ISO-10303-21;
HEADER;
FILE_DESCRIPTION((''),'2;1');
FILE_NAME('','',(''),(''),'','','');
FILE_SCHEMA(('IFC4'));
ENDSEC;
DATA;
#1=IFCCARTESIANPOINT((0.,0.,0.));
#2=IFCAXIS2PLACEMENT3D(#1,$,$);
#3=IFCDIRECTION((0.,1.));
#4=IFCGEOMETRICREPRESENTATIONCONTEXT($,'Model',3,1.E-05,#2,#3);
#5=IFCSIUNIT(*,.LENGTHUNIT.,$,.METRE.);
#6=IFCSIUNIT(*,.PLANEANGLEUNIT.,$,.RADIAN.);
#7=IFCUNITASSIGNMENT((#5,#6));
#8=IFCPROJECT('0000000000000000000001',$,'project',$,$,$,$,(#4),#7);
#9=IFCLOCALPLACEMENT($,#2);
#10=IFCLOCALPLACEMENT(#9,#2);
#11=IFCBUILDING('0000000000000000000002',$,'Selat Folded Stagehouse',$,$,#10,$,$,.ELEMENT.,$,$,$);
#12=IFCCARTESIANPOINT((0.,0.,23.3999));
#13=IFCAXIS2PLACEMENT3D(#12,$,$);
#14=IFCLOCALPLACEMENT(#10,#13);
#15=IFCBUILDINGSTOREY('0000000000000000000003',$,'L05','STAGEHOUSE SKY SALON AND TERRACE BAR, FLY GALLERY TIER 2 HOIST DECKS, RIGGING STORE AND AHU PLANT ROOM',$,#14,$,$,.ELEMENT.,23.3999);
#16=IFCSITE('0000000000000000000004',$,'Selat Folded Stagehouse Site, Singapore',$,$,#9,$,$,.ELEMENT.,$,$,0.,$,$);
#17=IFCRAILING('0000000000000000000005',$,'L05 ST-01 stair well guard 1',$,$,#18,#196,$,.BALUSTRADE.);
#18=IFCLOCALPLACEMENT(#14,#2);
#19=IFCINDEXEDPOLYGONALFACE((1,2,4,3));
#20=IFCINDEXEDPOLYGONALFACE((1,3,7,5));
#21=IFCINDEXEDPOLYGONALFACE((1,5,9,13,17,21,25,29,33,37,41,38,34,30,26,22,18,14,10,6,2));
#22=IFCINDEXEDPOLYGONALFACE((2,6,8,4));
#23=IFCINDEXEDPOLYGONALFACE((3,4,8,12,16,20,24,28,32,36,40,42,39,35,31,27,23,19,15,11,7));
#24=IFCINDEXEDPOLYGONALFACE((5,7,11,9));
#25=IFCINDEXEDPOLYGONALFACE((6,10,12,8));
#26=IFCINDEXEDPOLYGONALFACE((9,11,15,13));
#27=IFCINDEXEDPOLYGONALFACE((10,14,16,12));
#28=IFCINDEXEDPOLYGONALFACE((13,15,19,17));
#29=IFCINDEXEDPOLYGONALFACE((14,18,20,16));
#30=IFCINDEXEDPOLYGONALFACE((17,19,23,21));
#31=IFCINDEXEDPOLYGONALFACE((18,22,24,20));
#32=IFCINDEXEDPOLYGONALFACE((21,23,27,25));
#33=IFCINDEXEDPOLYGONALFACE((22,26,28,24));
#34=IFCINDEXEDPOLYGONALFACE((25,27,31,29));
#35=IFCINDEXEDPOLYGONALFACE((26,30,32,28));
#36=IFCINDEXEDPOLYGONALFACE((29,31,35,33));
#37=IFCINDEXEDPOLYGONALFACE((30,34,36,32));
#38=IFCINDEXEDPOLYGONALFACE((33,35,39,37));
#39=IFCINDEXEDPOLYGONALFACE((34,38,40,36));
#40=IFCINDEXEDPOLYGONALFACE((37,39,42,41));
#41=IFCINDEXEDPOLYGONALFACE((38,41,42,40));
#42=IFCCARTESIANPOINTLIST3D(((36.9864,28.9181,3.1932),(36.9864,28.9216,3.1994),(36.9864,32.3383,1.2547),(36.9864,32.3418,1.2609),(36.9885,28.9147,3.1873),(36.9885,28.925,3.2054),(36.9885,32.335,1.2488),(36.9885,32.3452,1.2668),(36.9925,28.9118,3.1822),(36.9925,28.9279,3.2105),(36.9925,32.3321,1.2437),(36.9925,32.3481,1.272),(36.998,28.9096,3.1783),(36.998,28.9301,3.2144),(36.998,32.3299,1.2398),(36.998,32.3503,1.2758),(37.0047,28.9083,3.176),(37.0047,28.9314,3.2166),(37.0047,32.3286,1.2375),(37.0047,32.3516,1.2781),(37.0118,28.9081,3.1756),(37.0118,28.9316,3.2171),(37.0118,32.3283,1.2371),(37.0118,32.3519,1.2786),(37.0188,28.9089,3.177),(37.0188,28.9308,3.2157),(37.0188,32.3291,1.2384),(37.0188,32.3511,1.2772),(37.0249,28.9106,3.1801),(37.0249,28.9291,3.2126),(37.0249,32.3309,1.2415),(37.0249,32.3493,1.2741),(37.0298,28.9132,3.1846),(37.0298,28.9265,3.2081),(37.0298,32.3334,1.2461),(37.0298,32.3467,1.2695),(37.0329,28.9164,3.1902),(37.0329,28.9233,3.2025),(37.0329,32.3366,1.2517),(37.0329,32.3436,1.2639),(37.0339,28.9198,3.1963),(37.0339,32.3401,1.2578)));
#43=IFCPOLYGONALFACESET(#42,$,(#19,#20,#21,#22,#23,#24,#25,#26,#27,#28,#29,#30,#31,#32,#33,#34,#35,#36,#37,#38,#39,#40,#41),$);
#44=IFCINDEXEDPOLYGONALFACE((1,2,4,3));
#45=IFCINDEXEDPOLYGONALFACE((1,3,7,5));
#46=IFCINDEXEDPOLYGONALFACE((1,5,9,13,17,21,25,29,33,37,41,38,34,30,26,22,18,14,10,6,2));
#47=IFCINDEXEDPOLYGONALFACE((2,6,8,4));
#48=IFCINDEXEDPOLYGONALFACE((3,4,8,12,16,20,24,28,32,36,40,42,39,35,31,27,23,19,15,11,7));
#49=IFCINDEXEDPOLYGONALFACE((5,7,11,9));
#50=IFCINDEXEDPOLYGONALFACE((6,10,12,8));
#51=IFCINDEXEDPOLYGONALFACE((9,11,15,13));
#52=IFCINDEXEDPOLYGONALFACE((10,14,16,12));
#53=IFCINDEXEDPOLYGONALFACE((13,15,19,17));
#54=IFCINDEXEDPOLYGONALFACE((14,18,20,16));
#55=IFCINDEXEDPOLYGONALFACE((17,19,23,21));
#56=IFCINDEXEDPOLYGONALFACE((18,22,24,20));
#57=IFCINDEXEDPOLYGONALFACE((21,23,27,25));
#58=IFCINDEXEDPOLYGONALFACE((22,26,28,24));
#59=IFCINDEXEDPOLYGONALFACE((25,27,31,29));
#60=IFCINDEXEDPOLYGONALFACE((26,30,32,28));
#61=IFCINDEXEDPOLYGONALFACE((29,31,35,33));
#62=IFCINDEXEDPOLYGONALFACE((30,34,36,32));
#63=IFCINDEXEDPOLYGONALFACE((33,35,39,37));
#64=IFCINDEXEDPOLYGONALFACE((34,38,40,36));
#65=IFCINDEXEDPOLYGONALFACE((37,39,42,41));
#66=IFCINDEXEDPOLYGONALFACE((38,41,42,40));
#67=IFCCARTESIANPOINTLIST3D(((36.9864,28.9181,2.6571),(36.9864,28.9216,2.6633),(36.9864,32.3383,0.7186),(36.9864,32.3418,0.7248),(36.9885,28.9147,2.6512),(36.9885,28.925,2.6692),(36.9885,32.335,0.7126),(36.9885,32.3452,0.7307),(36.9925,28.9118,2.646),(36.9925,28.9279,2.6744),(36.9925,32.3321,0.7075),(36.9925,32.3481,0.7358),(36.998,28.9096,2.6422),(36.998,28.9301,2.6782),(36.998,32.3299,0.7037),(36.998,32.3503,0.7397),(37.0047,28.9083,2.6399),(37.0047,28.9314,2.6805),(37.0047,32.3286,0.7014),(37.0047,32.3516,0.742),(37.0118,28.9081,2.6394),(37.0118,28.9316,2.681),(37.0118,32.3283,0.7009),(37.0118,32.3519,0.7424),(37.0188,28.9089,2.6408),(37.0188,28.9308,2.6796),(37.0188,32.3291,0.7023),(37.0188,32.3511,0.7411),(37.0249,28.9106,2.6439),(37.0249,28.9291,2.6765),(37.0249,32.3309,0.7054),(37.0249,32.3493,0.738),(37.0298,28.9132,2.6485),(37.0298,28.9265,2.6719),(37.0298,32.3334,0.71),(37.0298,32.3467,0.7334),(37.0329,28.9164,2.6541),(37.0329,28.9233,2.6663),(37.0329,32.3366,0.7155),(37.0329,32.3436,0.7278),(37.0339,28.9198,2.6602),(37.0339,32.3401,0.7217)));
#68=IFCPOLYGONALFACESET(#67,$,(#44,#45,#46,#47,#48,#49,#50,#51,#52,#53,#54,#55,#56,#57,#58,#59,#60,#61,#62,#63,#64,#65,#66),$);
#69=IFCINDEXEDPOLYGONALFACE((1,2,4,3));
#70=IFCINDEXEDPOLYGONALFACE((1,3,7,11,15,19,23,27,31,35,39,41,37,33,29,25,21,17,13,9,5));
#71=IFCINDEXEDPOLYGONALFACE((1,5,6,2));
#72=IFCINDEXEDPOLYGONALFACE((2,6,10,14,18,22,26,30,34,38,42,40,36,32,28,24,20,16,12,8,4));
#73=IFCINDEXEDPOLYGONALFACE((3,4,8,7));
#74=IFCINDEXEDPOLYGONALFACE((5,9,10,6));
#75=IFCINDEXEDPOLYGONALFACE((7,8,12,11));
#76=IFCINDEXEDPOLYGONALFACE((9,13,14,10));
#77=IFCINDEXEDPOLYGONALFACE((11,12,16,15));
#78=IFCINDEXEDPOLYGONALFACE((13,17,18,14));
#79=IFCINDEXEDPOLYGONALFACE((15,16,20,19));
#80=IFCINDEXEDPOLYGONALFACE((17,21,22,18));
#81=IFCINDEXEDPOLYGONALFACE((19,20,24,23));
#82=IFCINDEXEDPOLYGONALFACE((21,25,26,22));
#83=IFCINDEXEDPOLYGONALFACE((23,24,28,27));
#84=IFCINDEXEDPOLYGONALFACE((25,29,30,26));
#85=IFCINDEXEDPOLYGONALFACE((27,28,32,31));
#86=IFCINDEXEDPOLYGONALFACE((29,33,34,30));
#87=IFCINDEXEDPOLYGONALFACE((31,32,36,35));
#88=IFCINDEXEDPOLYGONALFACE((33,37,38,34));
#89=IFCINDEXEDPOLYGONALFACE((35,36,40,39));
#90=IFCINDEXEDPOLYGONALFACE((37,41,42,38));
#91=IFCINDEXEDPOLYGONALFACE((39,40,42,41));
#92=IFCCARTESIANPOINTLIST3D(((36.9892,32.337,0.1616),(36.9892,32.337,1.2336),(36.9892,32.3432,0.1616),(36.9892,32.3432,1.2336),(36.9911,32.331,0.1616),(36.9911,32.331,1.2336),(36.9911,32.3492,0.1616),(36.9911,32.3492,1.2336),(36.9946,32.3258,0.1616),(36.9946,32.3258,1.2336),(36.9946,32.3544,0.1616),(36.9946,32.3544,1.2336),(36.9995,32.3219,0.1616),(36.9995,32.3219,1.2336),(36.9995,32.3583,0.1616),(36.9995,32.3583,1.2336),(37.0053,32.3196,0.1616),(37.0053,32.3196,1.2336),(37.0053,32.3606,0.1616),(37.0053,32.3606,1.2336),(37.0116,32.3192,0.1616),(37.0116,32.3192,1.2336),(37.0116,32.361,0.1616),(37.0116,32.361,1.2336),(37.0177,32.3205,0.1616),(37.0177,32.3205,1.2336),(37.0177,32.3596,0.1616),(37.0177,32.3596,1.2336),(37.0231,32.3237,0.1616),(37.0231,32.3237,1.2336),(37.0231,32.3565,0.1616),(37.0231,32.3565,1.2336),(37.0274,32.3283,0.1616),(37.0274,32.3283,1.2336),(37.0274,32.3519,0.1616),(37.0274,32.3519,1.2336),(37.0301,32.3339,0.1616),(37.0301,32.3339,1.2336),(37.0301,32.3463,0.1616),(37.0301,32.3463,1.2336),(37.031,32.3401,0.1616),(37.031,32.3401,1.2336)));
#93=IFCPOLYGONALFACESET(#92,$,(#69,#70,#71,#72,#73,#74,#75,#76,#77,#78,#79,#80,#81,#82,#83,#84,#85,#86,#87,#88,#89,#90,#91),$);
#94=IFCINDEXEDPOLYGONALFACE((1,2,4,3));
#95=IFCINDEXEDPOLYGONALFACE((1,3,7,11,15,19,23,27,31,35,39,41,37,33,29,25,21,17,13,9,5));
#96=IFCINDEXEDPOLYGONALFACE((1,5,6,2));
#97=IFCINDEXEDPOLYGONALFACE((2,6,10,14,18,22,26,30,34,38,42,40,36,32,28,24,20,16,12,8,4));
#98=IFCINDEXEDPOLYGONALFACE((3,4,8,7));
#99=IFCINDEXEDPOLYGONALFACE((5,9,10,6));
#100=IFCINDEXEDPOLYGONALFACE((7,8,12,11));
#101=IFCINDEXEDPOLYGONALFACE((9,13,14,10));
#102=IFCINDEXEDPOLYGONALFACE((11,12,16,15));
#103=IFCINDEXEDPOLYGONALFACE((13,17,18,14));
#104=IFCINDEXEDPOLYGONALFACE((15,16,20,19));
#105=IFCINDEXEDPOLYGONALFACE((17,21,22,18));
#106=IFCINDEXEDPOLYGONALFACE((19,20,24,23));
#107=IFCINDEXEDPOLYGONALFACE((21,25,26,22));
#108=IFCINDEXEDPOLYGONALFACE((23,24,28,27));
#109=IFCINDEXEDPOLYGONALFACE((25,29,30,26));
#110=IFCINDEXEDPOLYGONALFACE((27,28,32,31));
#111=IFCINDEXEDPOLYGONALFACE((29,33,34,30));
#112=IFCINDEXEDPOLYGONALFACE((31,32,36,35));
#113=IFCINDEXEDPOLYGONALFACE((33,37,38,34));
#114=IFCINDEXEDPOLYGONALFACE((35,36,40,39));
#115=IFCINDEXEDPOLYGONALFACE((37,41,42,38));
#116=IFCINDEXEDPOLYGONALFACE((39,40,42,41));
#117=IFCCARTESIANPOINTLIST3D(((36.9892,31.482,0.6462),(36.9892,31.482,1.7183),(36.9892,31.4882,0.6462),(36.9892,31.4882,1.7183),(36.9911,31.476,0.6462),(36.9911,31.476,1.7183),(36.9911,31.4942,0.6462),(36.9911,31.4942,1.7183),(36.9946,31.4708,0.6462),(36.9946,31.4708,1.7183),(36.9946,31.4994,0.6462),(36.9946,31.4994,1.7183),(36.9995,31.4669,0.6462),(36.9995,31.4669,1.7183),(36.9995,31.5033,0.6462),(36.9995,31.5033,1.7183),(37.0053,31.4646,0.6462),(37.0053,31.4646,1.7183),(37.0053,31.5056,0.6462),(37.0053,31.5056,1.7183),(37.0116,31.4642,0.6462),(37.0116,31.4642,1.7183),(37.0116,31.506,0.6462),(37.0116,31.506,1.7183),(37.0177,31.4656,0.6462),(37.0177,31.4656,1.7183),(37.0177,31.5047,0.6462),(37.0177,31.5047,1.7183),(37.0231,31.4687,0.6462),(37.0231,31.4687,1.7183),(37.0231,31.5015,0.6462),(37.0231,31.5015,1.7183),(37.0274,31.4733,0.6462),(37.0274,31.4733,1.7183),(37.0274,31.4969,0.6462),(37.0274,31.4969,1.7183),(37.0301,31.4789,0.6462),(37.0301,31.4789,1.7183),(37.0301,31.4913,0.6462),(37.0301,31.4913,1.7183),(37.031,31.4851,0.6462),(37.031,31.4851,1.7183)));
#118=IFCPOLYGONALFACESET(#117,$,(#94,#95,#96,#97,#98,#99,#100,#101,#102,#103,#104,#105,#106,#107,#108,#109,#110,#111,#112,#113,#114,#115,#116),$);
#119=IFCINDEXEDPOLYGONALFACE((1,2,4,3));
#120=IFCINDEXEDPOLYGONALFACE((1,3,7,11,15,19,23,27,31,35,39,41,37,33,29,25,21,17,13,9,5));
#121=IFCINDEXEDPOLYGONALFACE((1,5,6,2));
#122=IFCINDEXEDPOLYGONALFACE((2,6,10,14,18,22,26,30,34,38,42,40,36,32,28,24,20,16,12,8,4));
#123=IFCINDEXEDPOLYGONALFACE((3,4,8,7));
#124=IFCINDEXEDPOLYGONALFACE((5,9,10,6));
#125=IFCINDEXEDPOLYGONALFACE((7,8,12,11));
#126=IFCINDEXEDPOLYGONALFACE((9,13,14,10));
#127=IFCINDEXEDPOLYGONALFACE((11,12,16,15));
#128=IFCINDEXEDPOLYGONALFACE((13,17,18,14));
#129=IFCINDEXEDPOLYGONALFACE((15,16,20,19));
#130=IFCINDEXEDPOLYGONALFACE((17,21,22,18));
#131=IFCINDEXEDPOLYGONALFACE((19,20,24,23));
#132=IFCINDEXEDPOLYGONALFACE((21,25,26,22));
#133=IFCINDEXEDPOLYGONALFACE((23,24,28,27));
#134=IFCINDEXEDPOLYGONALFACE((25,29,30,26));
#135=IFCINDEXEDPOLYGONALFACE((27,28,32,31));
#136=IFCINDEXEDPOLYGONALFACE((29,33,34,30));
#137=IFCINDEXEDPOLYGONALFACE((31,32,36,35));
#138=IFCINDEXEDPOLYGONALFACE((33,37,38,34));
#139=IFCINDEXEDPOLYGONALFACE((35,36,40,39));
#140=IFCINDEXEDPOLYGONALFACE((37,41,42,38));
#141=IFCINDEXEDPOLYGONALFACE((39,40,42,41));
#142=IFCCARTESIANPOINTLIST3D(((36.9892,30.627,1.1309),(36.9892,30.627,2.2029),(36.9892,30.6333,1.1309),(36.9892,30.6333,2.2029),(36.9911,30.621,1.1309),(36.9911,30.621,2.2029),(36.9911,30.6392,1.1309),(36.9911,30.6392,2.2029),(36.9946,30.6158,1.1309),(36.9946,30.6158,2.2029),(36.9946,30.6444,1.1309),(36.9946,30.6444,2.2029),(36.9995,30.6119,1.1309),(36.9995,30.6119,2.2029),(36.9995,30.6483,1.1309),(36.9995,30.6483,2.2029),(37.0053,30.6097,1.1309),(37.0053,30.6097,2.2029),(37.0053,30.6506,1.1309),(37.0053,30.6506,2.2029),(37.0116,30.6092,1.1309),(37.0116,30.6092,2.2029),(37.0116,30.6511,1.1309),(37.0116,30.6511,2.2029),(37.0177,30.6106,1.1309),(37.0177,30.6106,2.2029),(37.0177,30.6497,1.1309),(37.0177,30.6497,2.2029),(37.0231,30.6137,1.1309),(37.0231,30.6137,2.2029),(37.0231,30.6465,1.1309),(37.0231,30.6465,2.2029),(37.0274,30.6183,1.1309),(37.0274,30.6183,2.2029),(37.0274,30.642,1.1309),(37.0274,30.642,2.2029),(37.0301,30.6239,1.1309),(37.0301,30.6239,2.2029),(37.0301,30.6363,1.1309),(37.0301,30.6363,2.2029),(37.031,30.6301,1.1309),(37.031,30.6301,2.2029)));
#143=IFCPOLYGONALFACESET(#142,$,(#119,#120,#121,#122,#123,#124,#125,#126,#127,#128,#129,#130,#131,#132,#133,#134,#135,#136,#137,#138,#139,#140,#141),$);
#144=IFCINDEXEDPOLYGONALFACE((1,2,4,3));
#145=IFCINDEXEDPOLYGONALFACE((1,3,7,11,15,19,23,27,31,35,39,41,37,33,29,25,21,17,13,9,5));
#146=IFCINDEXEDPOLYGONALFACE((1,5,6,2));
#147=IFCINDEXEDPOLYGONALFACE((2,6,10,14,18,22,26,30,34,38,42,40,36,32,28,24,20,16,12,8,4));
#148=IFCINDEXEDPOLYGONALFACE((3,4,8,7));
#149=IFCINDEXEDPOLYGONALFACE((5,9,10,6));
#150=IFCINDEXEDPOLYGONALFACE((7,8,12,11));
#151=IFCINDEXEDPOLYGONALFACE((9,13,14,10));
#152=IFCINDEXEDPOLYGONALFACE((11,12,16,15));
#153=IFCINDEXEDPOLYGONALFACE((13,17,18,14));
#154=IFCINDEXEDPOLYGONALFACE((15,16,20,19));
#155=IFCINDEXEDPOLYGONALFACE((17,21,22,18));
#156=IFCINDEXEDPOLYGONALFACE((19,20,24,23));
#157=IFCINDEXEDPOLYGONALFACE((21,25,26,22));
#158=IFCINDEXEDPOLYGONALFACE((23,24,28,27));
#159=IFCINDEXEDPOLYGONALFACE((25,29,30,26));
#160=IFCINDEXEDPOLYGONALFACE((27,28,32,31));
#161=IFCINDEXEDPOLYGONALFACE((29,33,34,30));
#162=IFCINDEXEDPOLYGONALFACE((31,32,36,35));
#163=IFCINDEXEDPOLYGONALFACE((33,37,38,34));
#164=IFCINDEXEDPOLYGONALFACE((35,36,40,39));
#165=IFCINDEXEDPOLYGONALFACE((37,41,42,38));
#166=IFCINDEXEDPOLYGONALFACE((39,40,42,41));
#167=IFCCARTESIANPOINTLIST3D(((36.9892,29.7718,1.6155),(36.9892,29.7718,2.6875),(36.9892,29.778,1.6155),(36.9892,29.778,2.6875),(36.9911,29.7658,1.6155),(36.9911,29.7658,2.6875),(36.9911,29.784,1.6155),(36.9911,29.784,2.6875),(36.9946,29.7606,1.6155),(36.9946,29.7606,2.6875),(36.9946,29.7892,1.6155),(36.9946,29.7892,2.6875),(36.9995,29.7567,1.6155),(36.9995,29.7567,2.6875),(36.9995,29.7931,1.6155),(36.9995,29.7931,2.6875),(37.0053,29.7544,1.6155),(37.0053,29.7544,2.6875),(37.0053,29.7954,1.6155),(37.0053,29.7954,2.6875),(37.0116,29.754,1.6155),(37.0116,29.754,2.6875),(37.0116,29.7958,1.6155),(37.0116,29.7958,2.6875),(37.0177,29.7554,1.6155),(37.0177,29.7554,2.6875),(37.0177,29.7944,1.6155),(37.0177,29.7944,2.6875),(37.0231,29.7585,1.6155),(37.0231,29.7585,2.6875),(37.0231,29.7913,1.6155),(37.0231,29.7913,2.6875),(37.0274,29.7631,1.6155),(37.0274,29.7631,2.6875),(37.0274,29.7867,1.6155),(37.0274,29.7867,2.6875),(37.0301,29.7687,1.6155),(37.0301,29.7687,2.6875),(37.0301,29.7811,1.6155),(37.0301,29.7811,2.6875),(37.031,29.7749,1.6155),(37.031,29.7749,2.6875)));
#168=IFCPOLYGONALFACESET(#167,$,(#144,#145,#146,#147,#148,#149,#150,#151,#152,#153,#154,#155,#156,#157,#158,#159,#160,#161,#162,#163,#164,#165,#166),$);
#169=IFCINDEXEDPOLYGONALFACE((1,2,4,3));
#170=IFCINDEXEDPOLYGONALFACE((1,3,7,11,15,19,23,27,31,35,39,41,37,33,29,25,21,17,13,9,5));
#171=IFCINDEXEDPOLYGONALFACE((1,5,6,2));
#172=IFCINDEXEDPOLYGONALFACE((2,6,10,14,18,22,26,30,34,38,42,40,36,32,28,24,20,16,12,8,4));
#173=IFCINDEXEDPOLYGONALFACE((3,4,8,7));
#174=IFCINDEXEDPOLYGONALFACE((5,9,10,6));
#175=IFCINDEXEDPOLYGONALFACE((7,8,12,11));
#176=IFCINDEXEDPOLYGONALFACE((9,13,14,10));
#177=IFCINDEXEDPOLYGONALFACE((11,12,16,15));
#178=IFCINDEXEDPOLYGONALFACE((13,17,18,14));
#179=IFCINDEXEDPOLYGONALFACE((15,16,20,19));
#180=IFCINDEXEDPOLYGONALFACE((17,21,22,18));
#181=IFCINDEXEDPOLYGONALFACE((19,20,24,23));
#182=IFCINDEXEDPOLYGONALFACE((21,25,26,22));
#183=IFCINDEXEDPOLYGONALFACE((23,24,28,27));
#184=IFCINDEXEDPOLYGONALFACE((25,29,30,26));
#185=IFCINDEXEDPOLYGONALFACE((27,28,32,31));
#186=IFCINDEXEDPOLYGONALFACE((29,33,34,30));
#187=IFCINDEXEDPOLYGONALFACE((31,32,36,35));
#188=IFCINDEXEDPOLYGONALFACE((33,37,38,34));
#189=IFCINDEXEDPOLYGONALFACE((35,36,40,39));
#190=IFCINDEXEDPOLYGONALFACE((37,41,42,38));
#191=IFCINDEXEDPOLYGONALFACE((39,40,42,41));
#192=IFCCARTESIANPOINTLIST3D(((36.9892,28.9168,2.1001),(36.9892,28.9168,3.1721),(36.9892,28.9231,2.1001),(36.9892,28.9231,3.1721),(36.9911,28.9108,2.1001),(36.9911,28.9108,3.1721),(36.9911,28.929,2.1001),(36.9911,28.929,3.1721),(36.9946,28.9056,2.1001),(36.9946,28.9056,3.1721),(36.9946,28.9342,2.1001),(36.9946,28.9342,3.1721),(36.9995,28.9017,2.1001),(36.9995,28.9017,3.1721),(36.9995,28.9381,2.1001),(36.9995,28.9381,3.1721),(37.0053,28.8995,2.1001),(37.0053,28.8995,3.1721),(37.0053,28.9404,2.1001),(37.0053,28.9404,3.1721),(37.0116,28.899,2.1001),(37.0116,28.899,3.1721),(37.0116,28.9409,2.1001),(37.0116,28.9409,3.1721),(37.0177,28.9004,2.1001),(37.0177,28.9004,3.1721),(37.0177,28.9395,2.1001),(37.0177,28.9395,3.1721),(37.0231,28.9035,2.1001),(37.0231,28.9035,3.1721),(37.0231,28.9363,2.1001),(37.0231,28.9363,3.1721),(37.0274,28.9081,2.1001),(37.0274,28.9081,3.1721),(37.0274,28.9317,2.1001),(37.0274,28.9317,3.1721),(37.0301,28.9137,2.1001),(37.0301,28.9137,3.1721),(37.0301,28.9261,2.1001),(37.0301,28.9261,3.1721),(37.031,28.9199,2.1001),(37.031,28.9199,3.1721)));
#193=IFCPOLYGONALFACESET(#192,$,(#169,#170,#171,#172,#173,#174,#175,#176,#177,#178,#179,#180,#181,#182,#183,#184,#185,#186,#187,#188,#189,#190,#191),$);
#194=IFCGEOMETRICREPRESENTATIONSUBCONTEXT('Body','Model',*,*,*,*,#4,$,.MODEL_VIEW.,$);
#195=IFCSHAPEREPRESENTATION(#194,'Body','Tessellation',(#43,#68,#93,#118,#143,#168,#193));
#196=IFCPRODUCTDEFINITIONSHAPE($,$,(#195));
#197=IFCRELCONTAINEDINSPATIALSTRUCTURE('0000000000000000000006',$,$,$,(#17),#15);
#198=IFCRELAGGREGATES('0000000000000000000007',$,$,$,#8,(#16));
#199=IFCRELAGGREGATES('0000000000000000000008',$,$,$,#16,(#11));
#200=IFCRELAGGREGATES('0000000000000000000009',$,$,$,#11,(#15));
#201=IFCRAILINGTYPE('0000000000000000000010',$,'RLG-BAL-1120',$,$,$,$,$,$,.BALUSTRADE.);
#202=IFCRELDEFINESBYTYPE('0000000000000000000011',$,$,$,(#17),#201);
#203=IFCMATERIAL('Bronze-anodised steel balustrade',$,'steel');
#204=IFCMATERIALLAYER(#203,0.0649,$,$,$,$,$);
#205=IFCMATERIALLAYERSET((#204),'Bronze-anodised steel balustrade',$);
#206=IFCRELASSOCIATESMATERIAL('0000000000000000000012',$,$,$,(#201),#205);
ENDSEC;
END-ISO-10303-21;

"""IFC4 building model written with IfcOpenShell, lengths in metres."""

from ifc_helpers import new_model, si_unit, direction, frame, origin, origin_2d, place, context, subcontext, project, spatial, circle, extrude, material, layer, layer_set, type_object, element, save


model = new_model("IFC4")

# Units and contexts
model_context = context("Model", 3, precision=1e-05, world=origin(), true_north=direction((0.0, 1.0)))
body_context = subcontext(model_context, "Body", "Model", "MODEL_VIEW")
ifc_project = project(units=[si_unit("LENGTHUNIT", "METRE"), si_unit("PLANEANGLEUNIT", "RADIAN")], contexts=[model_context])

# Site, building, storey
site_placement = place(None, origin())
site = spatial("IfcSite", under=ifc_project, at=site_placement, Name="Selat Folded Stagehouse Site, Singapore", CompositionType="ELEMENT", RefElevation=0.0)
building_placement = place(site_placement, origin())
building = spatial("IfcBuilding", under=site, at=building_placement, Name="Selat Folded Stagehouse", CompositionType="ELEMENT")
storey_placement = place(building_placement, frame((0.0, 0.0, 23.3999)))
storey = spatial("IfcBuildingStorey", under=building, at=storey_placement, Name="L05", Description="STAGEHOUSE SKY SALON AND TERRACE BAR, FLY GALLERY TIER 2 HOIST DECKS, RIGGING STORE AND AHU PLANT ROOM", CompositionType="ELEMENT", Elevation=23.3999)

# Railing
ifc_material_1 = material(Name="Bronze-anodised steel balustrade", Category="steel")
ifc_layer_1 = layer(ifc_material_1, 0.0649)
ifc_layer_set_1 = layer_set([ifc_layer_1], Name="Bronze-anodised steel balustrade")
railing_type_1 = type_object("IfcRailingType", Name="RLG-BAL-1120", PredefinedType="BALUSTRADE", material=ifc_layer_set_1)
railing_1_placement = place(storey_placement, frame((37.01, 32.3401, 0.1616)))
element("IfcRailing", 1, at=railing_1_placement, inside=storey, type_object=railing_type_1, Name="L05 ST-01 stair well guard 1", PredefinedType="BALUSTRADE", context=body_context, shape_type="SweptSolid", body=[
    extrude(circle(Radius=0.0239, at=origin_2d()), frame((0.0, 0.0, 1.0962), z_axis=(0.0, -0.86998, 0.493086), x_axis=(1.0, 0.0, 0.0)), (0.0, 0.0, 1.0), 3.9314),
    extrude(circle(Radius=0.0239, at=origin_2d()), frame((0.0, 0.0, 0.5601), z_axis=(0.0, -0.86998, 0.493086), x_axis=(1.0, 0.0, 0.0)), (0.0, 0.0, 1.0), 3.9314),
    extrude(circle(Radius=0.021, at=origin_2d()), origin(), (0.0, 0.0, 1.0), 1.072),
    extrude(circle(Radius=0.021, at=origin_2d()), frame((0.0, -0.855, 0.4846)), (0.0, 0.0, 1.0), 1.072),
    extrude(circle(Radius=0.021, at=origin_2d()), frame((0.0, -1.71, 0.9692)), (0.0, 0.0, 1.0), 1.072),
    extrude(circle(Radius=0.021, at=origin_2d()), frame((0.0, -2.5652, 1.4539)), (0.0, 0.0, 1.0), 1.072),
    extrude(circle(Radius=0.021, at=origin_2d()), frame((0.0, -3.4202, 1.9385)), (0.0, 0.0, 1.0), 1.072),
])

save(model, "model.ifc")
